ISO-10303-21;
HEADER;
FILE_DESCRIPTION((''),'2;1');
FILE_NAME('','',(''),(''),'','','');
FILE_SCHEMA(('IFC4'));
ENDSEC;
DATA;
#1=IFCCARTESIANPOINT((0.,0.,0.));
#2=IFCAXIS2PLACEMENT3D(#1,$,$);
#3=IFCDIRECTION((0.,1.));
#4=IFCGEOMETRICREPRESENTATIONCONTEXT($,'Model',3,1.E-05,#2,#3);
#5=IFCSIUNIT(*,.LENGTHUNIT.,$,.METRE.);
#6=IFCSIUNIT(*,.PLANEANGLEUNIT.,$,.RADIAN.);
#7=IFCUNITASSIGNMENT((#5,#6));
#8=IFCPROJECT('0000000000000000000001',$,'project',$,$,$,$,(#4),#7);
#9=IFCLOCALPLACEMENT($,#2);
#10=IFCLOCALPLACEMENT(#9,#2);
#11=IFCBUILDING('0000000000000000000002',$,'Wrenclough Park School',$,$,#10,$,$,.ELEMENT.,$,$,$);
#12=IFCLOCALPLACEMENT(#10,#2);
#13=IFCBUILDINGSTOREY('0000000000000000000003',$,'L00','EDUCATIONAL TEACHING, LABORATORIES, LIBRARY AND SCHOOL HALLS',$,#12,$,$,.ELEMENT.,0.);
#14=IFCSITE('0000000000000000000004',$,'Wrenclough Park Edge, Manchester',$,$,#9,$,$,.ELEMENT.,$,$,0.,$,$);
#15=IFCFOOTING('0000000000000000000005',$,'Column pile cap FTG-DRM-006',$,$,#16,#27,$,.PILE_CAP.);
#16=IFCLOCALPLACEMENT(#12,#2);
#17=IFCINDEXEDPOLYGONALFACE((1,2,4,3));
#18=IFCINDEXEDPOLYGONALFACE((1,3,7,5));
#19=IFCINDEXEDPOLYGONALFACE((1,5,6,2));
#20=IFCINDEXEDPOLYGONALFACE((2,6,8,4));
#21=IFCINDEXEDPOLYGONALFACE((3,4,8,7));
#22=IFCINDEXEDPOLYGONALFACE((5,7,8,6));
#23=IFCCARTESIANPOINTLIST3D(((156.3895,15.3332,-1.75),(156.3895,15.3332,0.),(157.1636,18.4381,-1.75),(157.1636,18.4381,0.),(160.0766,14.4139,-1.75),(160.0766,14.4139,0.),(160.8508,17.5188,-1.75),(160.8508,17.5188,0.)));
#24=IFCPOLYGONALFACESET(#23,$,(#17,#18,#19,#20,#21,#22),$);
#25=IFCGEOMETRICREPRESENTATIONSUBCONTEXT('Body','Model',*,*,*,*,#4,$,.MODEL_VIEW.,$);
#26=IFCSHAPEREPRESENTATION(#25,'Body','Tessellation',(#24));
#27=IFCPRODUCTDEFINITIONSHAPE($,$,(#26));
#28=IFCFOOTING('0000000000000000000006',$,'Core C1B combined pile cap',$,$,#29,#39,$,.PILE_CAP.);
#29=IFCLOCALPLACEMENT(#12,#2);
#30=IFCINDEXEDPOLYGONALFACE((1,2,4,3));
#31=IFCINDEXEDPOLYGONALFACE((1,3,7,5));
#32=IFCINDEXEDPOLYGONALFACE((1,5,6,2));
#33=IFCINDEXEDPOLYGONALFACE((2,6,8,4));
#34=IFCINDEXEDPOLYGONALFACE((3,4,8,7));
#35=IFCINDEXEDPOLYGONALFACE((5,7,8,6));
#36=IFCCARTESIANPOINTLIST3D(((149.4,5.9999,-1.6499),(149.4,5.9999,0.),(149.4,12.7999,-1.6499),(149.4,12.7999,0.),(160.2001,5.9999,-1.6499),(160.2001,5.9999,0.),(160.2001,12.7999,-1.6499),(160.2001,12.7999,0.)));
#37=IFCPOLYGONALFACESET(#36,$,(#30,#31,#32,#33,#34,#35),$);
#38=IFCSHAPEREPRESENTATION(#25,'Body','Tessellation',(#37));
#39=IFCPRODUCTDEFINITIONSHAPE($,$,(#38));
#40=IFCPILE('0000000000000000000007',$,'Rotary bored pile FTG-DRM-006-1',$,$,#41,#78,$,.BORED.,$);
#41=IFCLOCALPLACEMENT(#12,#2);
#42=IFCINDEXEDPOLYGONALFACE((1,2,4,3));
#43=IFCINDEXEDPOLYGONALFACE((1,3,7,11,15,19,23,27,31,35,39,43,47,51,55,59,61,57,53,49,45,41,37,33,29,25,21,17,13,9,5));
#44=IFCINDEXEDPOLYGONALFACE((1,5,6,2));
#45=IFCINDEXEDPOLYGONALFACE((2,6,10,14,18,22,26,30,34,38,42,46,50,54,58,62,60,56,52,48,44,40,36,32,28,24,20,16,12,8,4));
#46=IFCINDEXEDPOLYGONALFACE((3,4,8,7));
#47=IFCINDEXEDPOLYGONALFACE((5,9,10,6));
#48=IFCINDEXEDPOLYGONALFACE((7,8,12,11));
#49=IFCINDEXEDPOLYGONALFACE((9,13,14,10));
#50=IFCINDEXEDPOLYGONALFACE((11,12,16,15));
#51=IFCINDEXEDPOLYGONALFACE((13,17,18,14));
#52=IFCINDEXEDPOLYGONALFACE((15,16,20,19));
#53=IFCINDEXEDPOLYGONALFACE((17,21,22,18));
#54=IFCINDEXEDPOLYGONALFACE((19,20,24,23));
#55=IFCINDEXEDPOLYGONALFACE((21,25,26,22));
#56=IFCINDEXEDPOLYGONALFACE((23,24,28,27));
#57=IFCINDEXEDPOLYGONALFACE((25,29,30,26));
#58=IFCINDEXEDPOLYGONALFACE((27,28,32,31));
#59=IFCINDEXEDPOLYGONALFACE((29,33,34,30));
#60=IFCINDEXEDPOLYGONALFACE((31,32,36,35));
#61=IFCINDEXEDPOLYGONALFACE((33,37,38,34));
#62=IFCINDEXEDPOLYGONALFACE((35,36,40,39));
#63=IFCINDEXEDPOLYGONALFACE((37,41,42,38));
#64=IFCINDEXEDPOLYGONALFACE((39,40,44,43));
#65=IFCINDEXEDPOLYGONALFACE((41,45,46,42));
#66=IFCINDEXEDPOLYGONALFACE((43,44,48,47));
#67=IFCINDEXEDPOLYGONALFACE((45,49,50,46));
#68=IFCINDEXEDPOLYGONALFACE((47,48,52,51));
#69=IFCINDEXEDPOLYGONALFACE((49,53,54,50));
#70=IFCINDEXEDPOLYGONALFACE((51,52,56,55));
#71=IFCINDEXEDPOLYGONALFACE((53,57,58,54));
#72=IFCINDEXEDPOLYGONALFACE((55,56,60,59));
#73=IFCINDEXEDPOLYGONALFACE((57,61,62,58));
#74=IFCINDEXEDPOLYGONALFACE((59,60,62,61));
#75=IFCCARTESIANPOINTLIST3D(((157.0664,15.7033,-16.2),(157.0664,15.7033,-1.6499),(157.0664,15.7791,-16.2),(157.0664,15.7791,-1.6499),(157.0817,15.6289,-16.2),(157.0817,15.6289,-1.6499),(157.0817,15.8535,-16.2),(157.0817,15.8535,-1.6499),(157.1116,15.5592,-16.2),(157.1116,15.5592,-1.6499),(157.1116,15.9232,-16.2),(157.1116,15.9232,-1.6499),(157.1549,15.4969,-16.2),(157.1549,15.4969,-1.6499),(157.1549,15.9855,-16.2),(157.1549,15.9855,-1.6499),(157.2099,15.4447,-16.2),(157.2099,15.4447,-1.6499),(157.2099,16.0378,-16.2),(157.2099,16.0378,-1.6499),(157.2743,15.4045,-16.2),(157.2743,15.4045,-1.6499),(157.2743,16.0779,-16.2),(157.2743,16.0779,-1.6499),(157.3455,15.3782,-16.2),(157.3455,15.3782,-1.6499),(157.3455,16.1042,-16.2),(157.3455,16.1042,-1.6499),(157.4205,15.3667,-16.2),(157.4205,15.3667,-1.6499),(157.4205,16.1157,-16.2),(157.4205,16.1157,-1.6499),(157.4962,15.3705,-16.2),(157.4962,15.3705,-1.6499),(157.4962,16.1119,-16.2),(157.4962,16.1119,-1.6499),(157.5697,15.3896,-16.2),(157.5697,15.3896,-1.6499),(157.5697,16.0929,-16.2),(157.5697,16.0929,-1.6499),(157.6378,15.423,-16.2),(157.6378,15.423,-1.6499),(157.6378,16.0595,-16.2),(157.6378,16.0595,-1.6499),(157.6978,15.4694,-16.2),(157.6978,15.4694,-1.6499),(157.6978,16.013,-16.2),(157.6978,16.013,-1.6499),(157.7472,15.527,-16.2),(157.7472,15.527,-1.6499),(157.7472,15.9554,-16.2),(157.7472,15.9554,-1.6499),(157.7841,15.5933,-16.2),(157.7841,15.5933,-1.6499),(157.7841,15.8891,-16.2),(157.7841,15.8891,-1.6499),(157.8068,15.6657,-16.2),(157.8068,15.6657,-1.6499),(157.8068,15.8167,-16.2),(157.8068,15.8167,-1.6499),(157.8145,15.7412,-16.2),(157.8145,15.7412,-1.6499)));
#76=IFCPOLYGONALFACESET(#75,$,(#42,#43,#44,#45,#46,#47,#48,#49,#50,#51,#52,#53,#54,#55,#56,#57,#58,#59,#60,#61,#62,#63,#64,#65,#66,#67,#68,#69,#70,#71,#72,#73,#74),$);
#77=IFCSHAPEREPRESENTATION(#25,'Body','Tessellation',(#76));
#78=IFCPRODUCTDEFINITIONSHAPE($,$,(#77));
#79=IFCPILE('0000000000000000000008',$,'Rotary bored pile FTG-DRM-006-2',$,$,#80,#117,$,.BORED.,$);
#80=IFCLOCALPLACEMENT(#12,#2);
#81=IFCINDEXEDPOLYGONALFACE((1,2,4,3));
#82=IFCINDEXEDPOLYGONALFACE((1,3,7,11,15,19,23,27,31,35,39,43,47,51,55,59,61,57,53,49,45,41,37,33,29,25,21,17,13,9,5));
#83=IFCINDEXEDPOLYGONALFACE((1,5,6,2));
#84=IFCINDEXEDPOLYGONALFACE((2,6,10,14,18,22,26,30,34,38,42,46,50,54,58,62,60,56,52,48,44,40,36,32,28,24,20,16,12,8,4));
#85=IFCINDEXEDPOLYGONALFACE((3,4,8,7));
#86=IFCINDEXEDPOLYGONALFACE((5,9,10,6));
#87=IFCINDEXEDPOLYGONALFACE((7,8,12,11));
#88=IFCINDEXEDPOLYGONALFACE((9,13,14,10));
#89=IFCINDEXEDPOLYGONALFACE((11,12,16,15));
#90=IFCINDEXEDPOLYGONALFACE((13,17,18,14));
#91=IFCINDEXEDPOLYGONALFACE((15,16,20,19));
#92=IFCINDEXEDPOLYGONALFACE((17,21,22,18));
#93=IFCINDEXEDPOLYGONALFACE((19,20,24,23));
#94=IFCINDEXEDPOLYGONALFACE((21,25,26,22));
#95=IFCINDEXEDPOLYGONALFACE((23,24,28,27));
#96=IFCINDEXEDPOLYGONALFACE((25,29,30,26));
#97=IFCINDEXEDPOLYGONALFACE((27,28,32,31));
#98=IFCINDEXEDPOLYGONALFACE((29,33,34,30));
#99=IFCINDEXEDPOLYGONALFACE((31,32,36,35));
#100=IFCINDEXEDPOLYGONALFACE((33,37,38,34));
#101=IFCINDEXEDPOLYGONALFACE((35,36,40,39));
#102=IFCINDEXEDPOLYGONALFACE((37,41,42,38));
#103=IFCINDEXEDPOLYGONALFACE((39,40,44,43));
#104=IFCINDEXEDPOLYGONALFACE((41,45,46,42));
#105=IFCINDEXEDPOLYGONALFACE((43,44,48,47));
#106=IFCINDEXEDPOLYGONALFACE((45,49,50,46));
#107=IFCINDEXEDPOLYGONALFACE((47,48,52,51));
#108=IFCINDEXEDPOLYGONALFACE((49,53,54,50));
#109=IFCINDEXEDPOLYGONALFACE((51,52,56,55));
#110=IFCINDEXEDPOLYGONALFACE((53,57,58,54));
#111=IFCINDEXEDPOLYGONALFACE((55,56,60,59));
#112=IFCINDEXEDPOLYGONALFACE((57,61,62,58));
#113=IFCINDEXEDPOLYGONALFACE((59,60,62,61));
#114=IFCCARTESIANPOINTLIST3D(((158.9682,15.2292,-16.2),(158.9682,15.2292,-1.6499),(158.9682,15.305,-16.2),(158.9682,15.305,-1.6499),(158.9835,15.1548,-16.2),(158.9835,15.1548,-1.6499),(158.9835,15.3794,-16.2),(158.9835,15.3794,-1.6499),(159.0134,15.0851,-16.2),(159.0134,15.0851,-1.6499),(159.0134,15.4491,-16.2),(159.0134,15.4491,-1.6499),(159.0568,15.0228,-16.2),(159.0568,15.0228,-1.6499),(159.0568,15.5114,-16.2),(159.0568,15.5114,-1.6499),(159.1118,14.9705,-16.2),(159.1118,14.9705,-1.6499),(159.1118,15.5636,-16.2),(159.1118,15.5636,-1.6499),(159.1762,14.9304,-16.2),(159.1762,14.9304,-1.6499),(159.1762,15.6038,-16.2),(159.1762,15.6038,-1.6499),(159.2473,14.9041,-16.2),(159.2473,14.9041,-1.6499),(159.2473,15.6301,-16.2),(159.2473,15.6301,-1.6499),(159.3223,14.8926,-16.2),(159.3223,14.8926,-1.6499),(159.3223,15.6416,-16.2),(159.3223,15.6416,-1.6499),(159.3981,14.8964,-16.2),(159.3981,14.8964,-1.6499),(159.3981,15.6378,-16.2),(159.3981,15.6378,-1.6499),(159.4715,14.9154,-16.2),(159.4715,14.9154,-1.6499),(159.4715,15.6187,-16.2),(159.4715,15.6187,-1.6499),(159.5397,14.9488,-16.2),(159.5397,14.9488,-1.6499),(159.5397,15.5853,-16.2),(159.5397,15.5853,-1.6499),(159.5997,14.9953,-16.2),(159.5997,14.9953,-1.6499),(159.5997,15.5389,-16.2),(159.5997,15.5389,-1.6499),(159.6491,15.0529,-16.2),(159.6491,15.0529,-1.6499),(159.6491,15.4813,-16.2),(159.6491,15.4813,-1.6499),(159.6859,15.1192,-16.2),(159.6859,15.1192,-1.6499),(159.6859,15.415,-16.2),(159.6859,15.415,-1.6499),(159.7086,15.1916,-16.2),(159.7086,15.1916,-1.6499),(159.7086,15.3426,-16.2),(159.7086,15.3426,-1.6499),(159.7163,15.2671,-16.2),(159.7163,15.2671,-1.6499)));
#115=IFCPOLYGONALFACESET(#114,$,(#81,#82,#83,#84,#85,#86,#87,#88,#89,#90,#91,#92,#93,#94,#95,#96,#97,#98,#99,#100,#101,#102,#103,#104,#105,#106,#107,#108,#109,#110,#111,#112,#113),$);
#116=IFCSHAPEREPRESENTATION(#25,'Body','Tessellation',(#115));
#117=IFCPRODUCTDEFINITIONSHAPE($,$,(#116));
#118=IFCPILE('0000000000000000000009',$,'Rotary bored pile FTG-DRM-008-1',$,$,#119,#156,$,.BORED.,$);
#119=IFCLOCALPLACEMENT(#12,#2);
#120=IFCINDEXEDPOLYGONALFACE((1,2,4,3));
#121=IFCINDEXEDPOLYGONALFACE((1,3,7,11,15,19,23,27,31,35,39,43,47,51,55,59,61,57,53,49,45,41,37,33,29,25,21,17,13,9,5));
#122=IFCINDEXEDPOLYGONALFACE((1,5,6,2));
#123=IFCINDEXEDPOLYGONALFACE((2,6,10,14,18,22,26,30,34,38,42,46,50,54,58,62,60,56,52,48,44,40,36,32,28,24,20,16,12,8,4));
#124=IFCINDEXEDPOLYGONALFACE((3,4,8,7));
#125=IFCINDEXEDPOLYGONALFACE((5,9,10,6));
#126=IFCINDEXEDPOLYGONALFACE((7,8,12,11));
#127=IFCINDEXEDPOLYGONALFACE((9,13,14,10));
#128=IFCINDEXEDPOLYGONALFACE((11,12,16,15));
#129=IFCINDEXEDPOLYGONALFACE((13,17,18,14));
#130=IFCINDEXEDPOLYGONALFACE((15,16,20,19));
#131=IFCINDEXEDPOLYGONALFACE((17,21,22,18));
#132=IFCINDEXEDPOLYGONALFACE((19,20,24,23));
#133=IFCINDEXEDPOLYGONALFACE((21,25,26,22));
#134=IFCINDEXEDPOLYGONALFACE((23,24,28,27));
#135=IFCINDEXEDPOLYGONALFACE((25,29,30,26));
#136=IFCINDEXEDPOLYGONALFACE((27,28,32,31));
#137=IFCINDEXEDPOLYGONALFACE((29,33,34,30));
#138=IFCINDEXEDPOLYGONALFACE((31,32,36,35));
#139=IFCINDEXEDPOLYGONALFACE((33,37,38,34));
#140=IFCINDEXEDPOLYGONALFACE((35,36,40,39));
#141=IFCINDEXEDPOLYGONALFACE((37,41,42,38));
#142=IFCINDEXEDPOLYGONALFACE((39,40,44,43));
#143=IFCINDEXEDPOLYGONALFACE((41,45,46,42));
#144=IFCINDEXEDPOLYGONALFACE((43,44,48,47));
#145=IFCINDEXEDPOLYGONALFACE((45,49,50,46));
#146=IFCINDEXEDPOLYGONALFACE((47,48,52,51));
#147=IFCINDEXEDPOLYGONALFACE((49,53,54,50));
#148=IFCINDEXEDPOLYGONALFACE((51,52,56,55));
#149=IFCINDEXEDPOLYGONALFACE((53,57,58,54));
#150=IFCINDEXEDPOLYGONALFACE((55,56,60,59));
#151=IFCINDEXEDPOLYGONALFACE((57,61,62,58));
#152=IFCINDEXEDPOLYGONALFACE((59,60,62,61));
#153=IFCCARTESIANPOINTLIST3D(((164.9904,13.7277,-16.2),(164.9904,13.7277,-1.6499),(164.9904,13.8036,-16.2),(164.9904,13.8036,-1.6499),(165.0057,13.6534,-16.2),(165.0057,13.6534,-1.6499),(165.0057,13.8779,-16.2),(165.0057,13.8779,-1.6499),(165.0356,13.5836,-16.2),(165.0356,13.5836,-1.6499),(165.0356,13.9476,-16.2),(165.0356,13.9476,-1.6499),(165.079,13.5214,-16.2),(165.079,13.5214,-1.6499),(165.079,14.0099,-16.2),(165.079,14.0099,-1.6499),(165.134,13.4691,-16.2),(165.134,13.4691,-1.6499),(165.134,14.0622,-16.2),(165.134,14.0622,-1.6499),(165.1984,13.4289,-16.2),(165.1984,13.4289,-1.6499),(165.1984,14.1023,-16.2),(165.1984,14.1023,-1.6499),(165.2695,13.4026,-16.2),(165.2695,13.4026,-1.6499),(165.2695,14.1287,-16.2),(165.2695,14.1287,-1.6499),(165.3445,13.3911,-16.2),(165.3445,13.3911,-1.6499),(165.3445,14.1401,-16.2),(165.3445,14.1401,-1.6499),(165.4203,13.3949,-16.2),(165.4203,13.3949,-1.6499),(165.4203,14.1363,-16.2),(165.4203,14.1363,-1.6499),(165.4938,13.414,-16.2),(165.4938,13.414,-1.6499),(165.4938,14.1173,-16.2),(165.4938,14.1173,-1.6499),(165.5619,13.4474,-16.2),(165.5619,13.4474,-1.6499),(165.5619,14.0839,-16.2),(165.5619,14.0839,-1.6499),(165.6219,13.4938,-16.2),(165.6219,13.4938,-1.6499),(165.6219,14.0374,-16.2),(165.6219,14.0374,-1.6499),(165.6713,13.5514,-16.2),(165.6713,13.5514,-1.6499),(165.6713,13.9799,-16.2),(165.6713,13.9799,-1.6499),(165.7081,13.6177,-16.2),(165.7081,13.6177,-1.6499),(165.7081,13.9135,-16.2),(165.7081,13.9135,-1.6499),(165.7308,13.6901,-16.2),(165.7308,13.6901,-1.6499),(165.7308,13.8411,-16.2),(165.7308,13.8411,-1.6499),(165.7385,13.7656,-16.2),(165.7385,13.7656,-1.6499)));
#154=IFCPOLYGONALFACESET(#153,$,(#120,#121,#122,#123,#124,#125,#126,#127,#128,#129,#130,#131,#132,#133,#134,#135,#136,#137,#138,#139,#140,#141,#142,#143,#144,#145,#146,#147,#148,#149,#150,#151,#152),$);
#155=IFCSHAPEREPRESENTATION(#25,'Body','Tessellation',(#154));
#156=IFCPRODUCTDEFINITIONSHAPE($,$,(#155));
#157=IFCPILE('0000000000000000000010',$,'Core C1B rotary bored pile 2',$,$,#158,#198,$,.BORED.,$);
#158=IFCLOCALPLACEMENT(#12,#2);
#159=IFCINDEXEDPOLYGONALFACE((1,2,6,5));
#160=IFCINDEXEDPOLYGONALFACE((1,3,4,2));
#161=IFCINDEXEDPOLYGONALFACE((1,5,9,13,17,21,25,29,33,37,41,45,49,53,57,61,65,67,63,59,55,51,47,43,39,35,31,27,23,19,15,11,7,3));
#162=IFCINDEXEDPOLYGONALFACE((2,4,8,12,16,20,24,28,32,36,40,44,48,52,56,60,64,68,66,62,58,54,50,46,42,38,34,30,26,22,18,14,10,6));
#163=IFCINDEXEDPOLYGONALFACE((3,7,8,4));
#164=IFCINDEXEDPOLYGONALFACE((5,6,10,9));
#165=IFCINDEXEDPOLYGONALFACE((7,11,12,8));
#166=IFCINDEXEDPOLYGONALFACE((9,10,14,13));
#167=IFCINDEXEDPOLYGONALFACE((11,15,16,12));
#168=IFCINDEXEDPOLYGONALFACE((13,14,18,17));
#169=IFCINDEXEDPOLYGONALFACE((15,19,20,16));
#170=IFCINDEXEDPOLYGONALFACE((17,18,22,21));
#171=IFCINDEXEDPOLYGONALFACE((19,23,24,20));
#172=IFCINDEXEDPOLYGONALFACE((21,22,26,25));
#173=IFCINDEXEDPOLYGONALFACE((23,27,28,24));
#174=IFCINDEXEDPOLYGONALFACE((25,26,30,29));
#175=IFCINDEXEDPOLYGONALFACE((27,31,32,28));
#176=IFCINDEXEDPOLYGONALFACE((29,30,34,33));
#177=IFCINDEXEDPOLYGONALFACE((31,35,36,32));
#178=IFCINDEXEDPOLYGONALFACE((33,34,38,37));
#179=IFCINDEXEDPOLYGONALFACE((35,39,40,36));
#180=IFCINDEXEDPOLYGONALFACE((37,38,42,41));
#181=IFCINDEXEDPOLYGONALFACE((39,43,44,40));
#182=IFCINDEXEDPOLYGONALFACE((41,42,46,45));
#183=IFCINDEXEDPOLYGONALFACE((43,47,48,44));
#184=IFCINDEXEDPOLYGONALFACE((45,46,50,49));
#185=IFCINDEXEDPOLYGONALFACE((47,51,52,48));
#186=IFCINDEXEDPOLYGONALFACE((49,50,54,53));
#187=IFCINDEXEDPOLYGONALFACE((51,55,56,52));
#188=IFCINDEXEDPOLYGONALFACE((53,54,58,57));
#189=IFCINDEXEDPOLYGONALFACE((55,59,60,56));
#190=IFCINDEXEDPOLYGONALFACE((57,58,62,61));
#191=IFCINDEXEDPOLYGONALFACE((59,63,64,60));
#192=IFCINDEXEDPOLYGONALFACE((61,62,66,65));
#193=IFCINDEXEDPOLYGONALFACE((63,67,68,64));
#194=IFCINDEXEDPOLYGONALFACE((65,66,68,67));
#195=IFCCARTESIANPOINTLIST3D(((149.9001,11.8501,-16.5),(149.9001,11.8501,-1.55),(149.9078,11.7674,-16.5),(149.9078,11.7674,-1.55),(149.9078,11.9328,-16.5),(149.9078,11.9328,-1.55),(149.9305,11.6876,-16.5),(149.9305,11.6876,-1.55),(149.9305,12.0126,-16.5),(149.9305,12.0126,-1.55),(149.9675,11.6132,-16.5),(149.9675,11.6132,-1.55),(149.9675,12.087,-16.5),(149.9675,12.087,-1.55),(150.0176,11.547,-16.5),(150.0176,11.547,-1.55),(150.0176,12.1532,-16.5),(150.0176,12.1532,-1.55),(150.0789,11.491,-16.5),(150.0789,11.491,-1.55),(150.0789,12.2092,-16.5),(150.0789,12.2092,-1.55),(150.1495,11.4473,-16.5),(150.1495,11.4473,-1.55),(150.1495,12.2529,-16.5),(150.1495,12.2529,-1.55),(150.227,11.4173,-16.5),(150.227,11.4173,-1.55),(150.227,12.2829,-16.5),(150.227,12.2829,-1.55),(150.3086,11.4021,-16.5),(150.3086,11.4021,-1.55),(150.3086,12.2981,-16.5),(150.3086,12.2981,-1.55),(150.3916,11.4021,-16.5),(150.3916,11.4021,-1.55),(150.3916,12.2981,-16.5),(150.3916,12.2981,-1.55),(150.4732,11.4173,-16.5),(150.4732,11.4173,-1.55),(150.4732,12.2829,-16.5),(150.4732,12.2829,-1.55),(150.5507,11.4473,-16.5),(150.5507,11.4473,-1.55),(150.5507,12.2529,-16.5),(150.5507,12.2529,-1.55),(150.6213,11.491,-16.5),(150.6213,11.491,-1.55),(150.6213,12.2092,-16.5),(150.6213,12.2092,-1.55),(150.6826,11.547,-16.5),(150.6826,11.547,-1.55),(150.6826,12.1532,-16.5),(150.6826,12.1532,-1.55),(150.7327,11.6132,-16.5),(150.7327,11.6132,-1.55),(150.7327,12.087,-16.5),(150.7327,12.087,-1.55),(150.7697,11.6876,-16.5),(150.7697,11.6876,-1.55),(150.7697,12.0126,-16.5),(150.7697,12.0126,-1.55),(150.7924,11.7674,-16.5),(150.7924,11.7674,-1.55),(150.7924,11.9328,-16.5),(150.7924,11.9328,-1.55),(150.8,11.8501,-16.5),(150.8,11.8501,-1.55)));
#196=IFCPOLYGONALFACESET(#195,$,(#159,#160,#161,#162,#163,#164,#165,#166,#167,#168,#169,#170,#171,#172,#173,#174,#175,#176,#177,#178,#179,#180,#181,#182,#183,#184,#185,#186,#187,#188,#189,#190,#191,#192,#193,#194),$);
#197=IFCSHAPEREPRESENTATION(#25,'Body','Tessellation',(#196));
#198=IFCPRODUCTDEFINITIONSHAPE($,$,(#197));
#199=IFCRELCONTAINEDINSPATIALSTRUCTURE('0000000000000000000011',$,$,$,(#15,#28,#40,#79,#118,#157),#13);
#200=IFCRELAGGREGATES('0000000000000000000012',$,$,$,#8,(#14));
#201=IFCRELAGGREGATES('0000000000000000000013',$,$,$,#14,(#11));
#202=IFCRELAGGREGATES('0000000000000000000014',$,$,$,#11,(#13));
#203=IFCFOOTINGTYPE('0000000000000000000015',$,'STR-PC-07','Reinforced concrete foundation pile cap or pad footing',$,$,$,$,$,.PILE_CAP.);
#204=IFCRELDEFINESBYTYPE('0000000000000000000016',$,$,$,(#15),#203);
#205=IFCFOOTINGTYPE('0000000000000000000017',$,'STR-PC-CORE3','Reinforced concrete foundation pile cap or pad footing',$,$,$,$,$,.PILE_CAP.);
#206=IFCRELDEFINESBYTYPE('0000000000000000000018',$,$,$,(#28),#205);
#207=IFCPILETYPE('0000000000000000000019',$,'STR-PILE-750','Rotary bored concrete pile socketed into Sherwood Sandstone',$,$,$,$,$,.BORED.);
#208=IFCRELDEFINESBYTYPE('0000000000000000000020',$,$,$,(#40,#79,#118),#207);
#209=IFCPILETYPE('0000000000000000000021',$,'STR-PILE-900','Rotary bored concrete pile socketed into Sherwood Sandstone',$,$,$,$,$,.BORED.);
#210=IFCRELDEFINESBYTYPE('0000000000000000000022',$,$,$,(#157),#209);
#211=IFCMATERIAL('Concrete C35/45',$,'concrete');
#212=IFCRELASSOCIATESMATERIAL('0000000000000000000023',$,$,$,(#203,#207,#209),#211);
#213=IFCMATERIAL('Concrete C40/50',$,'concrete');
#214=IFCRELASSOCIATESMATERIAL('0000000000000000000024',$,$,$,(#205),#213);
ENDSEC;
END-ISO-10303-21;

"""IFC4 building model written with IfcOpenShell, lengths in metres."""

from ifc_helpers import new_model, si_unit, direction, frame, origin, origin_2d, place, context, subcontext, project, spatial, rectangle, circle, extrude, material, material_profile, profile_set, type_object, element, save


model = new_model("IFC4")

# Units and contexts
model_context = context("Model", 3, precision=1e-05, world=origin(), true_north=direction((0.0, 1.0)))
body_context = subcontext(model_context, "Body", "Model", "MODEL_VIEW")
ifc_project = project(units=[si_unit("LENGTHUNIT", "METRE"), si_unit("PLANEANGLEUNIT", "RADIAN")], contexts=[model_context])

# Site, building, storey
site_placement = place(None, origin())
site = spatial("IfcSite", under=ifc_project, at=site_placement, Name="Wrenclough Park Edge, Manchester", CompositionType="ELEMENT", RefElevation=0.0)
building_placement = place(site_placement, origin())
building = spatial("IfcBuilding", under=site, at=building_placement, Name="Wrenclough Park School", CompositionType="ELEMENT")
storey_placement = place(building_placement, origin())
storey = spatial("IfcBuildingStorey", under=building, at=storey_placement, Name="L00", Description="EDUCATIONAL TEACHING, LABORATORIES, LIBRARY AND SCHOOL HALLS", CompositionType="ELEMENT", Elevation=0.0)

# Footings
ifc_material_1 = material(Name="Concrete C35/45", Category="concrete")
footing_type_1 = type_object("IfcFootingType", Name="STR-PC-07", Description="Reinforced concrete foundation pile cap or pad footing", PredefinedType="PILE_CAP", material=ifc_material_1)
footing_1_placement = place(storey_placement, frame((158.6201, 16.426, -1.75), z_axis=(0.0, 0.0, 1.0), x_axis=(0.970296, -0.241922, 0.0)))
element("IfcFooting", 1, at=footing_1_placement, inside=storey, type_object=footing_type_1, Name="Column pile cap FTG-DRM-006", PredefinedType="PILE_CAP", context=body_context, shape_type="SweptSolid", body=[
    extrude(rectangle(XDim=3.8, YDim=3.2, at=origin_2d()), origin(), (0.0, 0.0, 1.0), 1.75),
])
ifc_material_2 = material(Name="Concrete C40/50", Category="concrete")
footing_type_2 = type_object("IfcFootingType", Name="STR-PC-CORE3", Description="Reinforced concrete foundation pile cap or pad footing", PredefinedType="PILE_CAP", material=ifc_material_2)
footing_2_placement = place(storey_placement, frame((154.8, 9.3999, -1.6499), z_axis=(0.0, 0.0, 1.0), x_axis=(1.0, 0.0, 0.0)))
element("IfcFooting", 2, at=footing_2_placement, inside=storey, type_object=footing_type_2, Name="Core C1B combined pile cap", PredefinedType="PILE_CAP", context=body_context, shape_type="SweptSolid", body=[
    extrude(rectangle(XDim=10.8, YDim=6.8, at=origin_2d()), origin(), (0.0, 0.0, 1.0), 1.6499),
])

# Piles
ifc_material_profile_1 = material_profile(ifc_material_1, circle(Radius=0.375, at=origin_2d()), Name="BORED PILE D750")
ifc_profile_set_1 = profile_set([ifc_material_profile_1], Name="Concrete C35/45")
pile_type_1 = type_object("IfcPileType", Name="STR-PILE-750", Description="Rotary bored concrete pile socketed into Sherwood Sandstone", PredefinedType="BORED", material=ifc_profile_set_1)
for number, where, z_axis, x_axis, name in (
    (3, (157.4395, 15.7412, -1.6499), (0.0, 0.0, -1.0), (1.0, 0.0, 0.0), "Rotary bored pile FTG-DRM-006-1"),
    (4, (159.3413, 15.2671, -1.6499), (0.0, 0.0, -1.0), (1.0, 0.0, 0.0), "Rotary bored pile FTG-DRM-006-2"),
    (5, (165.3635, 13.7656, -1.6499), (0.0, 0.0, -1.0), (1.0, 0.0, 0.0), "Rotary bored pile FTG-DRM-008-1"),
):
    element("IfcPile", number, at=place(storey_placement, frame(where, z_axis=z_axis, x_axis=x_axis)), inside=storey, type_object=pile_type_1, Name=name, PredefinedType="BORED", context=body_context, shape_type="SweptSolid", body=[
        extrude(circle(Radius=0.375, at=origin_2d()), origin(), (0.0, 0.0, 1.0), 14.55),
    ])
ifc_material_profile_2 = material_profile(ifc_material_1, circle(Radius=0.45, at=origin_2d()), Name="BORED PILE D900")
ifc_profile_set_2 = profile_set([ifc_material_profile_2], Name="Concrete C35/45")
pile_type_2 = type_object("IfcPileType", Name="STR-PILE-900", Description="Rotary bored concrete pile socketed into Sherwood Sandstone", PredefinedType="BORED", material=ifc_profile_set_2)
for number, where, z_axis, x_axis, name in (
    (6, (150.3501, 11.8501, -1.55), (0.0, 0.0, -1.0), (1.0, 0.0, 0.0), "Core C1B rotary bored pile 2"),
):
    element("IfcPile", number, at=place(storey_placement, frame(where, z_axis=z_axis, x_axis=x_axis)), inside=storey, type_object=pile_type_2, Name=name, PredefinedType="BORED", context=body_context, shape_type="SweptSolid", body=[
        extrude(circle(Radius=0.45, at=origin_2d()), origin(), (0.0, 0.0, 1.0), 14.95),
    ])

save(model, "model.ifc")
